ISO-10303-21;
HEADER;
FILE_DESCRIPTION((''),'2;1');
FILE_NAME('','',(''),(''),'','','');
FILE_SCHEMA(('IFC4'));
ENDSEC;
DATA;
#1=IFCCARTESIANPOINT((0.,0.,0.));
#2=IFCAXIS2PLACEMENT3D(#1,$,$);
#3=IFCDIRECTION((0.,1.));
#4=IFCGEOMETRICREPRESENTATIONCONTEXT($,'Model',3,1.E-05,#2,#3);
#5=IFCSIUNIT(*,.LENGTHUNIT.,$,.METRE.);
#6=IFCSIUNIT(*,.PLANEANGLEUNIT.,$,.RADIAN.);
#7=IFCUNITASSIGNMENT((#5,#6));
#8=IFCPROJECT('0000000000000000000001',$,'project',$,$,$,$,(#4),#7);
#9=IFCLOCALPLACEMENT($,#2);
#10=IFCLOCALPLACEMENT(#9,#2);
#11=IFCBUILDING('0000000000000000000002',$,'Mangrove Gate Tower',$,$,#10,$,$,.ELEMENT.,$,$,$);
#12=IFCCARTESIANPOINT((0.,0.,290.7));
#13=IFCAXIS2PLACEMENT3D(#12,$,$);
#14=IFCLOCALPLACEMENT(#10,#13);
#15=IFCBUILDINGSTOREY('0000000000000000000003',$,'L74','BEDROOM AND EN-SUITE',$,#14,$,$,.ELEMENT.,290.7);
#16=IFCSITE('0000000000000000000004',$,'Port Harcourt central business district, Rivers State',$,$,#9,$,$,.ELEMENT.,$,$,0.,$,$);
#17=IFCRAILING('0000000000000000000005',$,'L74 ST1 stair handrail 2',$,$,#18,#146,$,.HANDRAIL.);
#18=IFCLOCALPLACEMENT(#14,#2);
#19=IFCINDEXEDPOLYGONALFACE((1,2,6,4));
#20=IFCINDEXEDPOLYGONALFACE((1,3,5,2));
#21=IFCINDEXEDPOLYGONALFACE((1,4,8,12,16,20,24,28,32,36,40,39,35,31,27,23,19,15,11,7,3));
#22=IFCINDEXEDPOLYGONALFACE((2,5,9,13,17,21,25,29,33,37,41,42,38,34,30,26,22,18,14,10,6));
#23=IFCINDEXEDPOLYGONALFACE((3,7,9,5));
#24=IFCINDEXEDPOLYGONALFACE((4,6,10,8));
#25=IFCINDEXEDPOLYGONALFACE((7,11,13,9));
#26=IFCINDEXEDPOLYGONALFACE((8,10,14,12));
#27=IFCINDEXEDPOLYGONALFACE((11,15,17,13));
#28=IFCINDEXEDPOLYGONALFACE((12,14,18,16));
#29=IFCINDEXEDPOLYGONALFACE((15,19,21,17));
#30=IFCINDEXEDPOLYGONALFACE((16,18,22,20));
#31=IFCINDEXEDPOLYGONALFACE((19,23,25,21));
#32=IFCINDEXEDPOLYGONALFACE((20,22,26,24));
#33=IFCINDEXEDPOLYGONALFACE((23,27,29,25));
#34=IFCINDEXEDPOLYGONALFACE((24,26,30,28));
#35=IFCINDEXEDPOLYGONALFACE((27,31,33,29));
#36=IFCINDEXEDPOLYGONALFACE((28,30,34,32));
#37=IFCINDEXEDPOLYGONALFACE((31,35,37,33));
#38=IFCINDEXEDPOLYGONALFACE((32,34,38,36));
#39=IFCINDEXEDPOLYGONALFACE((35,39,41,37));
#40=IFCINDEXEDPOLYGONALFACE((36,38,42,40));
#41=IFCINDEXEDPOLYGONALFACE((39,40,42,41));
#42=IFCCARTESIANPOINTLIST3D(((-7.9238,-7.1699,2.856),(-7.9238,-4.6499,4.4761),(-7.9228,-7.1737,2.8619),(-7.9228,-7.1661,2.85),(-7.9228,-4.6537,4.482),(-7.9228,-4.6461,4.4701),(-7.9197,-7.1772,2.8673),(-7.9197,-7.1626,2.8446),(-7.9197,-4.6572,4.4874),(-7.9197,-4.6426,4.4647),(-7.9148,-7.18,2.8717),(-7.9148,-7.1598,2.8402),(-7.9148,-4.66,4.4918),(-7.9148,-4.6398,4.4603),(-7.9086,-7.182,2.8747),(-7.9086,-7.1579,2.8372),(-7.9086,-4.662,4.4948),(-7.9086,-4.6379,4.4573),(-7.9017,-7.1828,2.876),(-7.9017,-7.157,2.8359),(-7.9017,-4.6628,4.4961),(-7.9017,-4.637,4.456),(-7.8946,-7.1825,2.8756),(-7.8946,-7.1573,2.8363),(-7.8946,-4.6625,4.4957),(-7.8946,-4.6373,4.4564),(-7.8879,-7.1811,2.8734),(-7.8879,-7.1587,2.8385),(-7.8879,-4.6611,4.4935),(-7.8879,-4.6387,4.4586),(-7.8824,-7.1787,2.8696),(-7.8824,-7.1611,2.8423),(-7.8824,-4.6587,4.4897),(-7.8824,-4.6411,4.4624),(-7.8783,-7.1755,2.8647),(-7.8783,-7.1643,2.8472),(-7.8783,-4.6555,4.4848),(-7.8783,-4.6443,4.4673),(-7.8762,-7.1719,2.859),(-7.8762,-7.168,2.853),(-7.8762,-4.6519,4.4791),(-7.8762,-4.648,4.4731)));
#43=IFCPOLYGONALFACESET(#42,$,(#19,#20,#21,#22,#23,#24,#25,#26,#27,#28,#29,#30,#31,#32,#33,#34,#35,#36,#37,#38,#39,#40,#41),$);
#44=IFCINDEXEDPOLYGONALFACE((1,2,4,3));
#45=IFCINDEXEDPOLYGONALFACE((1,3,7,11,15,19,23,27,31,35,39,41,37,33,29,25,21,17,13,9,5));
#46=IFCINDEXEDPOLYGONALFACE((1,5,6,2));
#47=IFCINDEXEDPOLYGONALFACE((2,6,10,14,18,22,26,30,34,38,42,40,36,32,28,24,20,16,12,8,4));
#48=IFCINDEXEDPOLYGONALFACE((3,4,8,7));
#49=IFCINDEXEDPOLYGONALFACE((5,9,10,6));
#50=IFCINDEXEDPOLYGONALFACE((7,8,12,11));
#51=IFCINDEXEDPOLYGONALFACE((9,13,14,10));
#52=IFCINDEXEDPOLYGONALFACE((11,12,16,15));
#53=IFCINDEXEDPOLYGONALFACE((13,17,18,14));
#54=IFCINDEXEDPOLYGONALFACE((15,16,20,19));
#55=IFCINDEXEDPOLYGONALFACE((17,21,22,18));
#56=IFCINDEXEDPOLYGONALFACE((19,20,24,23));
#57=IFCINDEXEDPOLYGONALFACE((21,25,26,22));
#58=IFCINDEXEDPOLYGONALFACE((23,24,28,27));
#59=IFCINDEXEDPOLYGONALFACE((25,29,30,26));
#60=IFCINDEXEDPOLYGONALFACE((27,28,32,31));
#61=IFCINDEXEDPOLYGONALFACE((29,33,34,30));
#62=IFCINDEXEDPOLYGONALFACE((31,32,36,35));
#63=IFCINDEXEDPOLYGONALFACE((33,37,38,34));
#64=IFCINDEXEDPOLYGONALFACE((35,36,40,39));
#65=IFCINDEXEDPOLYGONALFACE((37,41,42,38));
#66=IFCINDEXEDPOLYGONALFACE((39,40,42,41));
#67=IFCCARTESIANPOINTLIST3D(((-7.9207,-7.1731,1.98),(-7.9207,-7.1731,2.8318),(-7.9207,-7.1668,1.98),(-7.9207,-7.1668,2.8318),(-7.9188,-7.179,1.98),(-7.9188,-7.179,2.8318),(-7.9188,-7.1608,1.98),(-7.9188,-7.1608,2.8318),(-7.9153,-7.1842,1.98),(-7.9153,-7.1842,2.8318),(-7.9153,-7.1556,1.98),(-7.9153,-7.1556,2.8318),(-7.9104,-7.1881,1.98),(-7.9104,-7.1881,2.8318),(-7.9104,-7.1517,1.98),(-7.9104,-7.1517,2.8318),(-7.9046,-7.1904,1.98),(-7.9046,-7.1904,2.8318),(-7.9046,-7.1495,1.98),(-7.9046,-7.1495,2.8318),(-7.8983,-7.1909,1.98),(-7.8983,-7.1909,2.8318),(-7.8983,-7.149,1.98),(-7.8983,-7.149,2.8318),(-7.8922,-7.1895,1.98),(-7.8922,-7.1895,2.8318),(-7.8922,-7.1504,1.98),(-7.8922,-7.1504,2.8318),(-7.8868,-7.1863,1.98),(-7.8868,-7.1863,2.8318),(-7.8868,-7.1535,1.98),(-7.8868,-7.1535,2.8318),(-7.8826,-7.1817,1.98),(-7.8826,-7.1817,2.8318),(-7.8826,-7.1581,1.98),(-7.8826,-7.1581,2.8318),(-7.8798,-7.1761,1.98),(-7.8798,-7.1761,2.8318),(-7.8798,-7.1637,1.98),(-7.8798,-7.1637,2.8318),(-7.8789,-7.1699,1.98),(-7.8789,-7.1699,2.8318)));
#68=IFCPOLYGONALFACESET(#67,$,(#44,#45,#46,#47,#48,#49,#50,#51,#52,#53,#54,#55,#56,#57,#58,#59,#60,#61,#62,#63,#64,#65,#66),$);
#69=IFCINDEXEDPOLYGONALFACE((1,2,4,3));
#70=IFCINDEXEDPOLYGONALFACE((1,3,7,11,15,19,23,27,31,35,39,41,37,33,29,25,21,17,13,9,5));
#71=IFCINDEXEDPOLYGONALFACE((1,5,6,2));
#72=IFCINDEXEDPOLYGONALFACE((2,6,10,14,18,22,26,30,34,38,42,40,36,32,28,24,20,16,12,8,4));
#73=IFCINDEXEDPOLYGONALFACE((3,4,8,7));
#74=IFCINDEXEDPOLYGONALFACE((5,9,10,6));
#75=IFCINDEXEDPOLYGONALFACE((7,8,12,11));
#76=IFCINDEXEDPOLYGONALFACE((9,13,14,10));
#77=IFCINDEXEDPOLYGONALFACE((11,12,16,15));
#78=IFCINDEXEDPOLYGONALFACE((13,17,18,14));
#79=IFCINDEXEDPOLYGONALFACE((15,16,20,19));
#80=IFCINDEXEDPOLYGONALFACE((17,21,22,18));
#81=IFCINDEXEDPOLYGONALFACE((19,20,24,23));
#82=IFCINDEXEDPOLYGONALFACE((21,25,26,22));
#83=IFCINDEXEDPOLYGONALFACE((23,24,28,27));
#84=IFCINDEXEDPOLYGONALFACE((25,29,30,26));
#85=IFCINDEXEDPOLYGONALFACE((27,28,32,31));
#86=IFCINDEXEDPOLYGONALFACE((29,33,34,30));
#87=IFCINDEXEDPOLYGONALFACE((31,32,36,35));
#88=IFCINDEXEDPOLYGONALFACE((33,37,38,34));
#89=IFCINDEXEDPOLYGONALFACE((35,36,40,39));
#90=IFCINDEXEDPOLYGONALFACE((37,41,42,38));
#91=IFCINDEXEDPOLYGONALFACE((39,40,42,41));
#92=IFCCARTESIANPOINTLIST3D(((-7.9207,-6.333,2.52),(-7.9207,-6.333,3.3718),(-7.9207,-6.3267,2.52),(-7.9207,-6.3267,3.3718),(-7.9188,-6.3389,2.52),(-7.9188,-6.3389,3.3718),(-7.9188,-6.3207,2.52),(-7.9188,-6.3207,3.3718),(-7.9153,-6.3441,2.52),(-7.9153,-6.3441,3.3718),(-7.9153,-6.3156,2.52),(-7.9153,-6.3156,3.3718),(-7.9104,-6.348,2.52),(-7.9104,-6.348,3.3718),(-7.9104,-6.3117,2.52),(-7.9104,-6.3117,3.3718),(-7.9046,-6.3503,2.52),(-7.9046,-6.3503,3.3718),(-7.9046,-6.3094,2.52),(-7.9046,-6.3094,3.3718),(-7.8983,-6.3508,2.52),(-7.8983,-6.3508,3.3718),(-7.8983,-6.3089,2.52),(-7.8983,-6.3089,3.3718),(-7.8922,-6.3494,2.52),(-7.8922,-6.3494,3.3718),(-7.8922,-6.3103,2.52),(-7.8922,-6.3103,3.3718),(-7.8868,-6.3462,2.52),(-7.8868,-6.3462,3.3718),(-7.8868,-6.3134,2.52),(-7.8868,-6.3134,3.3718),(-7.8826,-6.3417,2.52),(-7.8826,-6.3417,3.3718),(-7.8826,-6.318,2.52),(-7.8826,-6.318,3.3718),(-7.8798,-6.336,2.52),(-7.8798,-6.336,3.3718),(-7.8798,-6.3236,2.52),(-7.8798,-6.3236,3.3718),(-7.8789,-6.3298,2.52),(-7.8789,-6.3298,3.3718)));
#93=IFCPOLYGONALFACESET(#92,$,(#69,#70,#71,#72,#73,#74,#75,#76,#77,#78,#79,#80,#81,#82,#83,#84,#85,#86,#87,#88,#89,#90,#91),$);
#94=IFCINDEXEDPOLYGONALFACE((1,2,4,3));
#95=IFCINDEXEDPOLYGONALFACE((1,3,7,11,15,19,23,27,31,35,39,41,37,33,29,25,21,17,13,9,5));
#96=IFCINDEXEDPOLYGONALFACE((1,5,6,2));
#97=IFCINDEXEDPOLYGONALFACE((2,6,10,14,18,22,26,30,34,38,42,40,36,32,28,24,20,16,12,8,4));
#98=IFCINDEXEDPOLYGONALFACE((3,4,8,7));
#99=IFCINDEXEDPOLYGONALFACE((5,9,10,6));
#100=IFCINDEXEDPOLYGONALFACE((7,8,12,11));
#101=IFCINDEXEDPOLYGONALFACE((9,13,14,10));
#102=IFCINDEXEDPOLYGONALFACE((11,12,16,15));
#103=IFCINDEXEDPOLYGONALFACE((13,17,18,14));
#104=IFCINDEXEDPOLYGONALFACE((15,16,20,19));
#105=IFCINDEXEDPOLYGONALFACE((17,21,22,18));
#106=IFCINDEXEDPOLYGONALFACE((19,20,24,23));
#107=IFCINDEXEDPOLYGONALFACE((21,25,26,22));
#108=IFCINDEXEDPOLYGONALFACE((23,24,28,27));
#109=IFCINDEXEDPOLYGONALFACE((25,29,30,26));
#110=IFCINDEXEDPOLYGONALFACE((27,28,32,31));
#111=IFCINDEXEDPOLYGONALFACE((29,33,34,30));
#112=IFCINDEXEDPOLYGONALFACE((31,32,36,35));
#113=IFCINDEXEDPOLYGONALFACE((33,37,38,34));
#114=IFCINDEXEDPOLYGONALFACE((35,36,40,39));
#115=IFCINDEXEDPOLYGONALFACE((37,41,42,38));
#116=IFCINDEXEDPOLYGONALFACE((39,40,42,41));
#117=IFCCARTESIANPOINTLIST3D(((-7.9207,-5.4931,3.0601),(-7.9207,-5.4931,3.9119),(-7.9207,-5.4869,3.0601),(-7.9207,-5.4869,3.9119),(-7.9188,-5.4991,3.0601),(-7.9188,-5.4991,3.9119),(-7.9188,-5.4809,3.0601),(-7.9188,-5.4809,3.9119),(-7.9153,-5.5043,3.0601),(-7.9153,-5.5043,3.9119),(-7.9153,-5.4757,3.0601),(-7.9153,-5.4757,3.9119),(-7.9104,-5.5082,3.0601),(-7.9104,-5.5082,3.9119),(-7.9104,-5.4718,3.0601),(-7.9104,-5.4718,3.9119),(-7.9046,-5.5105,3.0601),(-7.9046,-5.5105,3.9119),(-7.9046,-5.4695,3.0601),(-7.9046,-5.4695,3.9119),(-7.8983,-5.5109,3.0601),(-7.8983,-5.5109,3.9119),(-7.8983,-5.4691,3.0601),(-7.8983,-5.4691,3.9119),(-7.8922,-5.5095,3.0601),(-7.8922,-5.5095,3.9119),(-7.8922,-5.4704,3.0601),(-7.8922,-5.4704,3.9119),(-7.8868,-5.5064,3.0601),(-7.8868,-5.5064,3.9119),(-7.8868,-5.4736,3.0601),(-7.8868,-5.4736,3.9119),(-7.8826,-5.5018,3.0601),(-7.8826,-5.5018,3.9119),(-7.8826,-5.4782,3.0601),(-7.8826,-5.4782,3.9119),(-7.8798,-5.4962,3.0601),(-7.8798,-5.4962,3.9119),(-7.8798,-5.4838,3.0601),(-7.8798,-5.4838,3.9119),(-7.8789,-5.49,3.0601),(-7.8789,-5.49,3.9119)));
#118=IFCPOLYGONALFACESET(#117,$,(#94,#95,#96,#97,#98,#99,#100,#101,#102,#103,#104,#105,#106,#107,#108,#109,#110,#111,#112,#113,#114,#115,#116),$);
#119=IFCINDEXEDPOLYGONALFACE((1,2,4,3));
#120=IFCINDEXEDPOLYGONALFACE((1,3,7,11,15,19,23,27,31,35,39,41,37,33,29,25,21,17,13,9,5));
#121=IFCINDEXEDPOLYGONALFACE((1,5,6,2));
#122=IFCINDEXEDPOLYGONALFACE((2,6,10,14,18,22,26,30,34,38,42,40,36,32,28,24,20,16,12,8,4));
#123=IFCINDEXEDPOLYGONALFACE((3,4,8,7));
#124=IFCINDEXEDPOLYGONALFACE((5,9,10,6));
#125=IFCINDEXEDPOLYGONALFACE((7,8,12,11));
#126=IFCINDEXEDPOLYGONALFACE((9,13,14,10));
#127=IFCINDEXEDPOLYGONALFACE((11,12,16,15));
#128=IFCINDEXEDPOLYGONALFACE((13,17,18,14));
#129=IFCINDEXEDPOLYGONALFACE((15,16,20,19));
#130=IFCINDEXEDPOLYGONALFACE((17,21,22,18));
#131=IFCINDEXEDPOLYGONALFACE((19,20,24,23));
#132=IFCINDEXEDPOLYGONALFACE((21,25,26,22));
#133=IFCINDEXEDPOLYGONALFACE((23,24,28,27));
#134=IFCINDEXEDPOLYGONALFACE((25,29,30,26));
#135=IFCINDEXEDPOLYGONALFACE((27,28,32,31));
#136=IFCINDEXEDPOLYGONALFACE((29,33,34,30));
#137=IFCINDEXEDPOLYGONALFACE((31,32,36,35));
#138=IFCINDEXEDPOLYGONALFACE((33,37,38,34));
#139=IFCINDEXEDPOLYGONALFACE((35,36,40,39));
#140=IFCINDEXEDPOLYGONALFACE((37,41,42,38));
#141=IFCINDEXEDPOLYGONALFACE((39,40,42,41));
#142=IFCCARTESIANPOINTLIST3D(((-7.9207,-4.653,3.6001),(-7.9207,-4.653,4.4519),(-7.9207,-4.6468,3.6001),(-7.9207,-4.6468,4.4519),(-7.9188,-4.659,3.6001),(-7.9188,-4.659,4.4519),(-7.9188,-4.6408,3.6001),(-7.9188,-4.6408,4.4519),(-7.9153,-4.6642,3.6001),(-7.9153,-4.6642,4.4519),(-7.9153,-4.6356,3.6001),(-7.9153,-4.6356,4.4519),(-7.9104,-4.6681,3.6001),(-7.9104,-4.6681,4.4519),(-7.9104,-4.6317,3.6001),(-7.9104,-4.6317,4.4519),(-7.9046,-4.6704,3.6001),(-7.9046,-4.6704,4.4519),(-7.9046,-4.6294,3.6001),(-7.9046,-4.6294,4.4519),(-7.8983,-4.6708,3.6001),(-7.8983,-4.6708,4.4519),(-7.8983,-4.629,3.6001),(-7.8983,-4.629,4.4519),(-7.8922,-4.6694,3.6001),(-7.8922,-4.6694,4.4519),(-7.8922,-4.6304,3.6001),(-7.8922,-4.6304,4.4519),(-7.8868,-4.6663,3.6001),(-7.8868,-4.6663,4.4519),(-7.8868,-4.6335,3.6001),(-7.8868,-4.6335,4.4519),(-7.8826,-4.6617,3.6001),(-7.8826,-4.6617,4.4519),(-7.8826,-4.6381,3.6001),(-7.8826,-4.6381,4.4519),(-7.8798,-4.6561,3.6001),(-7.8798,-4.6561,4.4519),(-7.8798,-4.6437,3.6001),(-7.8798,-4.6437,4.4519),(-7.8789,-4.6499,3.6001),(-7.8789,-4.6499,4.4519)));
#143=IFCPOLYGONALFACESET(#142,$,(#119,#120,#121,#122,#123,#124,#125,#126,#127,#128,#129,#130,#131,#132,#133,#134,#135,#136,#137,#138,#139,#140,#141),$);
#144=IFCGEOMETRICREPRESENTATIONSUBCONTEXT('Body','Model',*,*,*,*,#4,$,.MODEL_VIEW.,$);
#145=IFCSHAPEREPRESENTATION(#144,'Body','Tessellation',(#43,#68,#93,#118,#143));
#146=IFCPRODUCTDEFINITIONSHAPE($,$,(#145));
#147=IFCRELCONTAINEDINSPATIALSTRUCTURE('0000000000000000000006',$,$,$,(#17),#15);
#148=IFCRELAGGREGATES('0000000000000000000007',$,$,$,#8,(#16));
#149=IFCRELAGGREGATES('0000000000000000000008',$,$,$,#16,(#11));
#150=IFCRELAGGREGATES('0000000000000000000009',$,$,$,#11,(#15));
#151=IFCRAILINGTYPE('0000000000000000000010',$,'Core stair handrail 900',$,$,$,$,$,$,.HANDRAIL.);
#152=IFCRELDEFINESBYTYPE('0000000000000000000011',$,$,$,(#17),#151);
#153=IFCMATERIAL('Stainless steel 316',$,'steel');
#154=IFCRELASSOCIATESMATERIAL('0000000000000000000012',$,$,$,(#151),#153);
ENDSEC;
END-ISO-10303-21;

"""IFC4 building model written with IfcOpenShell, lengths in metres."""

from ifc_helpers import new_model, si_unit, direction, frame, origin, origin_2d, place, context, subcontext, project, spatial, circle, extrude, material, type_object, element, save


model = new_model("IFC4")

# Units and contexts
model_context = context("Model", 3, precision=1e-05, world=origin(), true_north=direction((0.0, 1.0)))
body_context = subcontext(model_context, "Body", "Model", "MODEL_VIEW")
ifc_project = project(units=[si_unit("LENGTHUNIT", "METRE"), si_unit("PLANEANGLEUNIT", "RADIAN")], contexts=[model_context])

# Site, building, storey
site_placement = place(None, origin())
site = spatial("IfcSite", under=ifc_project, at=site_placement, Name="Port Harcourt central business district, Rivers State", CompositionType="ELEMENT", RefElevation=0.0)
building_placement = place(site_placement, origin())
building = spatial("IfcBuilding", under=site, at=building_placement, Name="Mangrove Gate Tower", CompositionType="ELEMENT")
storey_placement = place(building_placement, frame((0.0, 0.0, 290.7)))
storey = spatial("IfcBuildingStorey", under=building, at=storey_placement, Name="L74", Description="BEDROOM AND EN-SUITE", CompositionType="ELEMENT", Elevation=290.7)

# Railing
ifc_material_1 = material(Name="Stainless steel 316", Category="steel")
railing_type_1 = type_object("IfcRailingType", Name="Core stair handrail 900", PredefinedType="HANDRAIL", material=ifc_material_1)
railing_1_placement = place(storey_placement, frame((-7.8999, -7.1699, 1.98)))
element("IfcRailing", 1, at=railing_1_placement, inside=storey, type_object=railing_type_1, Name="L74 ST1 stair handrail 2", PredefinedType="HANDRAIL", context=body_context, shape_type="SweptSolid", body=[
    extrude(circle(Radius=0.0239, at=origin_2d()), frame((0.0, 0.0, 0.876), z_axis=(0.0, 0.841163, 0.540782), x_axis=(-1.0, 0.0, 0.0)), (0.0, 0.0, 1.0), 2.9958),
    extrude(circle(Radius=0.021, at=origin_2d()), origin(), (0.0, 0.0, 1.0), 0.8518),
    extrude(circle(Radius=0.021, at=origin_2d()), frame((0.0, 0.8401, 0.54)), (0.0, 0.0, 1.0), 0.8518),
    extrude(circle(Radius=0.021, at=origin_2d()), frame((0.0, 1.6799, 1.0801)), (0.0, 0.0, 1.0), 0.8518),
    extrude(circle(Radius=0.021, at=origin_2d()), frame((0.0, 2.52, 1.6201)), (0.0, 0.0, 1.0), 0.8518),
])

save(model, "model.ifc")
